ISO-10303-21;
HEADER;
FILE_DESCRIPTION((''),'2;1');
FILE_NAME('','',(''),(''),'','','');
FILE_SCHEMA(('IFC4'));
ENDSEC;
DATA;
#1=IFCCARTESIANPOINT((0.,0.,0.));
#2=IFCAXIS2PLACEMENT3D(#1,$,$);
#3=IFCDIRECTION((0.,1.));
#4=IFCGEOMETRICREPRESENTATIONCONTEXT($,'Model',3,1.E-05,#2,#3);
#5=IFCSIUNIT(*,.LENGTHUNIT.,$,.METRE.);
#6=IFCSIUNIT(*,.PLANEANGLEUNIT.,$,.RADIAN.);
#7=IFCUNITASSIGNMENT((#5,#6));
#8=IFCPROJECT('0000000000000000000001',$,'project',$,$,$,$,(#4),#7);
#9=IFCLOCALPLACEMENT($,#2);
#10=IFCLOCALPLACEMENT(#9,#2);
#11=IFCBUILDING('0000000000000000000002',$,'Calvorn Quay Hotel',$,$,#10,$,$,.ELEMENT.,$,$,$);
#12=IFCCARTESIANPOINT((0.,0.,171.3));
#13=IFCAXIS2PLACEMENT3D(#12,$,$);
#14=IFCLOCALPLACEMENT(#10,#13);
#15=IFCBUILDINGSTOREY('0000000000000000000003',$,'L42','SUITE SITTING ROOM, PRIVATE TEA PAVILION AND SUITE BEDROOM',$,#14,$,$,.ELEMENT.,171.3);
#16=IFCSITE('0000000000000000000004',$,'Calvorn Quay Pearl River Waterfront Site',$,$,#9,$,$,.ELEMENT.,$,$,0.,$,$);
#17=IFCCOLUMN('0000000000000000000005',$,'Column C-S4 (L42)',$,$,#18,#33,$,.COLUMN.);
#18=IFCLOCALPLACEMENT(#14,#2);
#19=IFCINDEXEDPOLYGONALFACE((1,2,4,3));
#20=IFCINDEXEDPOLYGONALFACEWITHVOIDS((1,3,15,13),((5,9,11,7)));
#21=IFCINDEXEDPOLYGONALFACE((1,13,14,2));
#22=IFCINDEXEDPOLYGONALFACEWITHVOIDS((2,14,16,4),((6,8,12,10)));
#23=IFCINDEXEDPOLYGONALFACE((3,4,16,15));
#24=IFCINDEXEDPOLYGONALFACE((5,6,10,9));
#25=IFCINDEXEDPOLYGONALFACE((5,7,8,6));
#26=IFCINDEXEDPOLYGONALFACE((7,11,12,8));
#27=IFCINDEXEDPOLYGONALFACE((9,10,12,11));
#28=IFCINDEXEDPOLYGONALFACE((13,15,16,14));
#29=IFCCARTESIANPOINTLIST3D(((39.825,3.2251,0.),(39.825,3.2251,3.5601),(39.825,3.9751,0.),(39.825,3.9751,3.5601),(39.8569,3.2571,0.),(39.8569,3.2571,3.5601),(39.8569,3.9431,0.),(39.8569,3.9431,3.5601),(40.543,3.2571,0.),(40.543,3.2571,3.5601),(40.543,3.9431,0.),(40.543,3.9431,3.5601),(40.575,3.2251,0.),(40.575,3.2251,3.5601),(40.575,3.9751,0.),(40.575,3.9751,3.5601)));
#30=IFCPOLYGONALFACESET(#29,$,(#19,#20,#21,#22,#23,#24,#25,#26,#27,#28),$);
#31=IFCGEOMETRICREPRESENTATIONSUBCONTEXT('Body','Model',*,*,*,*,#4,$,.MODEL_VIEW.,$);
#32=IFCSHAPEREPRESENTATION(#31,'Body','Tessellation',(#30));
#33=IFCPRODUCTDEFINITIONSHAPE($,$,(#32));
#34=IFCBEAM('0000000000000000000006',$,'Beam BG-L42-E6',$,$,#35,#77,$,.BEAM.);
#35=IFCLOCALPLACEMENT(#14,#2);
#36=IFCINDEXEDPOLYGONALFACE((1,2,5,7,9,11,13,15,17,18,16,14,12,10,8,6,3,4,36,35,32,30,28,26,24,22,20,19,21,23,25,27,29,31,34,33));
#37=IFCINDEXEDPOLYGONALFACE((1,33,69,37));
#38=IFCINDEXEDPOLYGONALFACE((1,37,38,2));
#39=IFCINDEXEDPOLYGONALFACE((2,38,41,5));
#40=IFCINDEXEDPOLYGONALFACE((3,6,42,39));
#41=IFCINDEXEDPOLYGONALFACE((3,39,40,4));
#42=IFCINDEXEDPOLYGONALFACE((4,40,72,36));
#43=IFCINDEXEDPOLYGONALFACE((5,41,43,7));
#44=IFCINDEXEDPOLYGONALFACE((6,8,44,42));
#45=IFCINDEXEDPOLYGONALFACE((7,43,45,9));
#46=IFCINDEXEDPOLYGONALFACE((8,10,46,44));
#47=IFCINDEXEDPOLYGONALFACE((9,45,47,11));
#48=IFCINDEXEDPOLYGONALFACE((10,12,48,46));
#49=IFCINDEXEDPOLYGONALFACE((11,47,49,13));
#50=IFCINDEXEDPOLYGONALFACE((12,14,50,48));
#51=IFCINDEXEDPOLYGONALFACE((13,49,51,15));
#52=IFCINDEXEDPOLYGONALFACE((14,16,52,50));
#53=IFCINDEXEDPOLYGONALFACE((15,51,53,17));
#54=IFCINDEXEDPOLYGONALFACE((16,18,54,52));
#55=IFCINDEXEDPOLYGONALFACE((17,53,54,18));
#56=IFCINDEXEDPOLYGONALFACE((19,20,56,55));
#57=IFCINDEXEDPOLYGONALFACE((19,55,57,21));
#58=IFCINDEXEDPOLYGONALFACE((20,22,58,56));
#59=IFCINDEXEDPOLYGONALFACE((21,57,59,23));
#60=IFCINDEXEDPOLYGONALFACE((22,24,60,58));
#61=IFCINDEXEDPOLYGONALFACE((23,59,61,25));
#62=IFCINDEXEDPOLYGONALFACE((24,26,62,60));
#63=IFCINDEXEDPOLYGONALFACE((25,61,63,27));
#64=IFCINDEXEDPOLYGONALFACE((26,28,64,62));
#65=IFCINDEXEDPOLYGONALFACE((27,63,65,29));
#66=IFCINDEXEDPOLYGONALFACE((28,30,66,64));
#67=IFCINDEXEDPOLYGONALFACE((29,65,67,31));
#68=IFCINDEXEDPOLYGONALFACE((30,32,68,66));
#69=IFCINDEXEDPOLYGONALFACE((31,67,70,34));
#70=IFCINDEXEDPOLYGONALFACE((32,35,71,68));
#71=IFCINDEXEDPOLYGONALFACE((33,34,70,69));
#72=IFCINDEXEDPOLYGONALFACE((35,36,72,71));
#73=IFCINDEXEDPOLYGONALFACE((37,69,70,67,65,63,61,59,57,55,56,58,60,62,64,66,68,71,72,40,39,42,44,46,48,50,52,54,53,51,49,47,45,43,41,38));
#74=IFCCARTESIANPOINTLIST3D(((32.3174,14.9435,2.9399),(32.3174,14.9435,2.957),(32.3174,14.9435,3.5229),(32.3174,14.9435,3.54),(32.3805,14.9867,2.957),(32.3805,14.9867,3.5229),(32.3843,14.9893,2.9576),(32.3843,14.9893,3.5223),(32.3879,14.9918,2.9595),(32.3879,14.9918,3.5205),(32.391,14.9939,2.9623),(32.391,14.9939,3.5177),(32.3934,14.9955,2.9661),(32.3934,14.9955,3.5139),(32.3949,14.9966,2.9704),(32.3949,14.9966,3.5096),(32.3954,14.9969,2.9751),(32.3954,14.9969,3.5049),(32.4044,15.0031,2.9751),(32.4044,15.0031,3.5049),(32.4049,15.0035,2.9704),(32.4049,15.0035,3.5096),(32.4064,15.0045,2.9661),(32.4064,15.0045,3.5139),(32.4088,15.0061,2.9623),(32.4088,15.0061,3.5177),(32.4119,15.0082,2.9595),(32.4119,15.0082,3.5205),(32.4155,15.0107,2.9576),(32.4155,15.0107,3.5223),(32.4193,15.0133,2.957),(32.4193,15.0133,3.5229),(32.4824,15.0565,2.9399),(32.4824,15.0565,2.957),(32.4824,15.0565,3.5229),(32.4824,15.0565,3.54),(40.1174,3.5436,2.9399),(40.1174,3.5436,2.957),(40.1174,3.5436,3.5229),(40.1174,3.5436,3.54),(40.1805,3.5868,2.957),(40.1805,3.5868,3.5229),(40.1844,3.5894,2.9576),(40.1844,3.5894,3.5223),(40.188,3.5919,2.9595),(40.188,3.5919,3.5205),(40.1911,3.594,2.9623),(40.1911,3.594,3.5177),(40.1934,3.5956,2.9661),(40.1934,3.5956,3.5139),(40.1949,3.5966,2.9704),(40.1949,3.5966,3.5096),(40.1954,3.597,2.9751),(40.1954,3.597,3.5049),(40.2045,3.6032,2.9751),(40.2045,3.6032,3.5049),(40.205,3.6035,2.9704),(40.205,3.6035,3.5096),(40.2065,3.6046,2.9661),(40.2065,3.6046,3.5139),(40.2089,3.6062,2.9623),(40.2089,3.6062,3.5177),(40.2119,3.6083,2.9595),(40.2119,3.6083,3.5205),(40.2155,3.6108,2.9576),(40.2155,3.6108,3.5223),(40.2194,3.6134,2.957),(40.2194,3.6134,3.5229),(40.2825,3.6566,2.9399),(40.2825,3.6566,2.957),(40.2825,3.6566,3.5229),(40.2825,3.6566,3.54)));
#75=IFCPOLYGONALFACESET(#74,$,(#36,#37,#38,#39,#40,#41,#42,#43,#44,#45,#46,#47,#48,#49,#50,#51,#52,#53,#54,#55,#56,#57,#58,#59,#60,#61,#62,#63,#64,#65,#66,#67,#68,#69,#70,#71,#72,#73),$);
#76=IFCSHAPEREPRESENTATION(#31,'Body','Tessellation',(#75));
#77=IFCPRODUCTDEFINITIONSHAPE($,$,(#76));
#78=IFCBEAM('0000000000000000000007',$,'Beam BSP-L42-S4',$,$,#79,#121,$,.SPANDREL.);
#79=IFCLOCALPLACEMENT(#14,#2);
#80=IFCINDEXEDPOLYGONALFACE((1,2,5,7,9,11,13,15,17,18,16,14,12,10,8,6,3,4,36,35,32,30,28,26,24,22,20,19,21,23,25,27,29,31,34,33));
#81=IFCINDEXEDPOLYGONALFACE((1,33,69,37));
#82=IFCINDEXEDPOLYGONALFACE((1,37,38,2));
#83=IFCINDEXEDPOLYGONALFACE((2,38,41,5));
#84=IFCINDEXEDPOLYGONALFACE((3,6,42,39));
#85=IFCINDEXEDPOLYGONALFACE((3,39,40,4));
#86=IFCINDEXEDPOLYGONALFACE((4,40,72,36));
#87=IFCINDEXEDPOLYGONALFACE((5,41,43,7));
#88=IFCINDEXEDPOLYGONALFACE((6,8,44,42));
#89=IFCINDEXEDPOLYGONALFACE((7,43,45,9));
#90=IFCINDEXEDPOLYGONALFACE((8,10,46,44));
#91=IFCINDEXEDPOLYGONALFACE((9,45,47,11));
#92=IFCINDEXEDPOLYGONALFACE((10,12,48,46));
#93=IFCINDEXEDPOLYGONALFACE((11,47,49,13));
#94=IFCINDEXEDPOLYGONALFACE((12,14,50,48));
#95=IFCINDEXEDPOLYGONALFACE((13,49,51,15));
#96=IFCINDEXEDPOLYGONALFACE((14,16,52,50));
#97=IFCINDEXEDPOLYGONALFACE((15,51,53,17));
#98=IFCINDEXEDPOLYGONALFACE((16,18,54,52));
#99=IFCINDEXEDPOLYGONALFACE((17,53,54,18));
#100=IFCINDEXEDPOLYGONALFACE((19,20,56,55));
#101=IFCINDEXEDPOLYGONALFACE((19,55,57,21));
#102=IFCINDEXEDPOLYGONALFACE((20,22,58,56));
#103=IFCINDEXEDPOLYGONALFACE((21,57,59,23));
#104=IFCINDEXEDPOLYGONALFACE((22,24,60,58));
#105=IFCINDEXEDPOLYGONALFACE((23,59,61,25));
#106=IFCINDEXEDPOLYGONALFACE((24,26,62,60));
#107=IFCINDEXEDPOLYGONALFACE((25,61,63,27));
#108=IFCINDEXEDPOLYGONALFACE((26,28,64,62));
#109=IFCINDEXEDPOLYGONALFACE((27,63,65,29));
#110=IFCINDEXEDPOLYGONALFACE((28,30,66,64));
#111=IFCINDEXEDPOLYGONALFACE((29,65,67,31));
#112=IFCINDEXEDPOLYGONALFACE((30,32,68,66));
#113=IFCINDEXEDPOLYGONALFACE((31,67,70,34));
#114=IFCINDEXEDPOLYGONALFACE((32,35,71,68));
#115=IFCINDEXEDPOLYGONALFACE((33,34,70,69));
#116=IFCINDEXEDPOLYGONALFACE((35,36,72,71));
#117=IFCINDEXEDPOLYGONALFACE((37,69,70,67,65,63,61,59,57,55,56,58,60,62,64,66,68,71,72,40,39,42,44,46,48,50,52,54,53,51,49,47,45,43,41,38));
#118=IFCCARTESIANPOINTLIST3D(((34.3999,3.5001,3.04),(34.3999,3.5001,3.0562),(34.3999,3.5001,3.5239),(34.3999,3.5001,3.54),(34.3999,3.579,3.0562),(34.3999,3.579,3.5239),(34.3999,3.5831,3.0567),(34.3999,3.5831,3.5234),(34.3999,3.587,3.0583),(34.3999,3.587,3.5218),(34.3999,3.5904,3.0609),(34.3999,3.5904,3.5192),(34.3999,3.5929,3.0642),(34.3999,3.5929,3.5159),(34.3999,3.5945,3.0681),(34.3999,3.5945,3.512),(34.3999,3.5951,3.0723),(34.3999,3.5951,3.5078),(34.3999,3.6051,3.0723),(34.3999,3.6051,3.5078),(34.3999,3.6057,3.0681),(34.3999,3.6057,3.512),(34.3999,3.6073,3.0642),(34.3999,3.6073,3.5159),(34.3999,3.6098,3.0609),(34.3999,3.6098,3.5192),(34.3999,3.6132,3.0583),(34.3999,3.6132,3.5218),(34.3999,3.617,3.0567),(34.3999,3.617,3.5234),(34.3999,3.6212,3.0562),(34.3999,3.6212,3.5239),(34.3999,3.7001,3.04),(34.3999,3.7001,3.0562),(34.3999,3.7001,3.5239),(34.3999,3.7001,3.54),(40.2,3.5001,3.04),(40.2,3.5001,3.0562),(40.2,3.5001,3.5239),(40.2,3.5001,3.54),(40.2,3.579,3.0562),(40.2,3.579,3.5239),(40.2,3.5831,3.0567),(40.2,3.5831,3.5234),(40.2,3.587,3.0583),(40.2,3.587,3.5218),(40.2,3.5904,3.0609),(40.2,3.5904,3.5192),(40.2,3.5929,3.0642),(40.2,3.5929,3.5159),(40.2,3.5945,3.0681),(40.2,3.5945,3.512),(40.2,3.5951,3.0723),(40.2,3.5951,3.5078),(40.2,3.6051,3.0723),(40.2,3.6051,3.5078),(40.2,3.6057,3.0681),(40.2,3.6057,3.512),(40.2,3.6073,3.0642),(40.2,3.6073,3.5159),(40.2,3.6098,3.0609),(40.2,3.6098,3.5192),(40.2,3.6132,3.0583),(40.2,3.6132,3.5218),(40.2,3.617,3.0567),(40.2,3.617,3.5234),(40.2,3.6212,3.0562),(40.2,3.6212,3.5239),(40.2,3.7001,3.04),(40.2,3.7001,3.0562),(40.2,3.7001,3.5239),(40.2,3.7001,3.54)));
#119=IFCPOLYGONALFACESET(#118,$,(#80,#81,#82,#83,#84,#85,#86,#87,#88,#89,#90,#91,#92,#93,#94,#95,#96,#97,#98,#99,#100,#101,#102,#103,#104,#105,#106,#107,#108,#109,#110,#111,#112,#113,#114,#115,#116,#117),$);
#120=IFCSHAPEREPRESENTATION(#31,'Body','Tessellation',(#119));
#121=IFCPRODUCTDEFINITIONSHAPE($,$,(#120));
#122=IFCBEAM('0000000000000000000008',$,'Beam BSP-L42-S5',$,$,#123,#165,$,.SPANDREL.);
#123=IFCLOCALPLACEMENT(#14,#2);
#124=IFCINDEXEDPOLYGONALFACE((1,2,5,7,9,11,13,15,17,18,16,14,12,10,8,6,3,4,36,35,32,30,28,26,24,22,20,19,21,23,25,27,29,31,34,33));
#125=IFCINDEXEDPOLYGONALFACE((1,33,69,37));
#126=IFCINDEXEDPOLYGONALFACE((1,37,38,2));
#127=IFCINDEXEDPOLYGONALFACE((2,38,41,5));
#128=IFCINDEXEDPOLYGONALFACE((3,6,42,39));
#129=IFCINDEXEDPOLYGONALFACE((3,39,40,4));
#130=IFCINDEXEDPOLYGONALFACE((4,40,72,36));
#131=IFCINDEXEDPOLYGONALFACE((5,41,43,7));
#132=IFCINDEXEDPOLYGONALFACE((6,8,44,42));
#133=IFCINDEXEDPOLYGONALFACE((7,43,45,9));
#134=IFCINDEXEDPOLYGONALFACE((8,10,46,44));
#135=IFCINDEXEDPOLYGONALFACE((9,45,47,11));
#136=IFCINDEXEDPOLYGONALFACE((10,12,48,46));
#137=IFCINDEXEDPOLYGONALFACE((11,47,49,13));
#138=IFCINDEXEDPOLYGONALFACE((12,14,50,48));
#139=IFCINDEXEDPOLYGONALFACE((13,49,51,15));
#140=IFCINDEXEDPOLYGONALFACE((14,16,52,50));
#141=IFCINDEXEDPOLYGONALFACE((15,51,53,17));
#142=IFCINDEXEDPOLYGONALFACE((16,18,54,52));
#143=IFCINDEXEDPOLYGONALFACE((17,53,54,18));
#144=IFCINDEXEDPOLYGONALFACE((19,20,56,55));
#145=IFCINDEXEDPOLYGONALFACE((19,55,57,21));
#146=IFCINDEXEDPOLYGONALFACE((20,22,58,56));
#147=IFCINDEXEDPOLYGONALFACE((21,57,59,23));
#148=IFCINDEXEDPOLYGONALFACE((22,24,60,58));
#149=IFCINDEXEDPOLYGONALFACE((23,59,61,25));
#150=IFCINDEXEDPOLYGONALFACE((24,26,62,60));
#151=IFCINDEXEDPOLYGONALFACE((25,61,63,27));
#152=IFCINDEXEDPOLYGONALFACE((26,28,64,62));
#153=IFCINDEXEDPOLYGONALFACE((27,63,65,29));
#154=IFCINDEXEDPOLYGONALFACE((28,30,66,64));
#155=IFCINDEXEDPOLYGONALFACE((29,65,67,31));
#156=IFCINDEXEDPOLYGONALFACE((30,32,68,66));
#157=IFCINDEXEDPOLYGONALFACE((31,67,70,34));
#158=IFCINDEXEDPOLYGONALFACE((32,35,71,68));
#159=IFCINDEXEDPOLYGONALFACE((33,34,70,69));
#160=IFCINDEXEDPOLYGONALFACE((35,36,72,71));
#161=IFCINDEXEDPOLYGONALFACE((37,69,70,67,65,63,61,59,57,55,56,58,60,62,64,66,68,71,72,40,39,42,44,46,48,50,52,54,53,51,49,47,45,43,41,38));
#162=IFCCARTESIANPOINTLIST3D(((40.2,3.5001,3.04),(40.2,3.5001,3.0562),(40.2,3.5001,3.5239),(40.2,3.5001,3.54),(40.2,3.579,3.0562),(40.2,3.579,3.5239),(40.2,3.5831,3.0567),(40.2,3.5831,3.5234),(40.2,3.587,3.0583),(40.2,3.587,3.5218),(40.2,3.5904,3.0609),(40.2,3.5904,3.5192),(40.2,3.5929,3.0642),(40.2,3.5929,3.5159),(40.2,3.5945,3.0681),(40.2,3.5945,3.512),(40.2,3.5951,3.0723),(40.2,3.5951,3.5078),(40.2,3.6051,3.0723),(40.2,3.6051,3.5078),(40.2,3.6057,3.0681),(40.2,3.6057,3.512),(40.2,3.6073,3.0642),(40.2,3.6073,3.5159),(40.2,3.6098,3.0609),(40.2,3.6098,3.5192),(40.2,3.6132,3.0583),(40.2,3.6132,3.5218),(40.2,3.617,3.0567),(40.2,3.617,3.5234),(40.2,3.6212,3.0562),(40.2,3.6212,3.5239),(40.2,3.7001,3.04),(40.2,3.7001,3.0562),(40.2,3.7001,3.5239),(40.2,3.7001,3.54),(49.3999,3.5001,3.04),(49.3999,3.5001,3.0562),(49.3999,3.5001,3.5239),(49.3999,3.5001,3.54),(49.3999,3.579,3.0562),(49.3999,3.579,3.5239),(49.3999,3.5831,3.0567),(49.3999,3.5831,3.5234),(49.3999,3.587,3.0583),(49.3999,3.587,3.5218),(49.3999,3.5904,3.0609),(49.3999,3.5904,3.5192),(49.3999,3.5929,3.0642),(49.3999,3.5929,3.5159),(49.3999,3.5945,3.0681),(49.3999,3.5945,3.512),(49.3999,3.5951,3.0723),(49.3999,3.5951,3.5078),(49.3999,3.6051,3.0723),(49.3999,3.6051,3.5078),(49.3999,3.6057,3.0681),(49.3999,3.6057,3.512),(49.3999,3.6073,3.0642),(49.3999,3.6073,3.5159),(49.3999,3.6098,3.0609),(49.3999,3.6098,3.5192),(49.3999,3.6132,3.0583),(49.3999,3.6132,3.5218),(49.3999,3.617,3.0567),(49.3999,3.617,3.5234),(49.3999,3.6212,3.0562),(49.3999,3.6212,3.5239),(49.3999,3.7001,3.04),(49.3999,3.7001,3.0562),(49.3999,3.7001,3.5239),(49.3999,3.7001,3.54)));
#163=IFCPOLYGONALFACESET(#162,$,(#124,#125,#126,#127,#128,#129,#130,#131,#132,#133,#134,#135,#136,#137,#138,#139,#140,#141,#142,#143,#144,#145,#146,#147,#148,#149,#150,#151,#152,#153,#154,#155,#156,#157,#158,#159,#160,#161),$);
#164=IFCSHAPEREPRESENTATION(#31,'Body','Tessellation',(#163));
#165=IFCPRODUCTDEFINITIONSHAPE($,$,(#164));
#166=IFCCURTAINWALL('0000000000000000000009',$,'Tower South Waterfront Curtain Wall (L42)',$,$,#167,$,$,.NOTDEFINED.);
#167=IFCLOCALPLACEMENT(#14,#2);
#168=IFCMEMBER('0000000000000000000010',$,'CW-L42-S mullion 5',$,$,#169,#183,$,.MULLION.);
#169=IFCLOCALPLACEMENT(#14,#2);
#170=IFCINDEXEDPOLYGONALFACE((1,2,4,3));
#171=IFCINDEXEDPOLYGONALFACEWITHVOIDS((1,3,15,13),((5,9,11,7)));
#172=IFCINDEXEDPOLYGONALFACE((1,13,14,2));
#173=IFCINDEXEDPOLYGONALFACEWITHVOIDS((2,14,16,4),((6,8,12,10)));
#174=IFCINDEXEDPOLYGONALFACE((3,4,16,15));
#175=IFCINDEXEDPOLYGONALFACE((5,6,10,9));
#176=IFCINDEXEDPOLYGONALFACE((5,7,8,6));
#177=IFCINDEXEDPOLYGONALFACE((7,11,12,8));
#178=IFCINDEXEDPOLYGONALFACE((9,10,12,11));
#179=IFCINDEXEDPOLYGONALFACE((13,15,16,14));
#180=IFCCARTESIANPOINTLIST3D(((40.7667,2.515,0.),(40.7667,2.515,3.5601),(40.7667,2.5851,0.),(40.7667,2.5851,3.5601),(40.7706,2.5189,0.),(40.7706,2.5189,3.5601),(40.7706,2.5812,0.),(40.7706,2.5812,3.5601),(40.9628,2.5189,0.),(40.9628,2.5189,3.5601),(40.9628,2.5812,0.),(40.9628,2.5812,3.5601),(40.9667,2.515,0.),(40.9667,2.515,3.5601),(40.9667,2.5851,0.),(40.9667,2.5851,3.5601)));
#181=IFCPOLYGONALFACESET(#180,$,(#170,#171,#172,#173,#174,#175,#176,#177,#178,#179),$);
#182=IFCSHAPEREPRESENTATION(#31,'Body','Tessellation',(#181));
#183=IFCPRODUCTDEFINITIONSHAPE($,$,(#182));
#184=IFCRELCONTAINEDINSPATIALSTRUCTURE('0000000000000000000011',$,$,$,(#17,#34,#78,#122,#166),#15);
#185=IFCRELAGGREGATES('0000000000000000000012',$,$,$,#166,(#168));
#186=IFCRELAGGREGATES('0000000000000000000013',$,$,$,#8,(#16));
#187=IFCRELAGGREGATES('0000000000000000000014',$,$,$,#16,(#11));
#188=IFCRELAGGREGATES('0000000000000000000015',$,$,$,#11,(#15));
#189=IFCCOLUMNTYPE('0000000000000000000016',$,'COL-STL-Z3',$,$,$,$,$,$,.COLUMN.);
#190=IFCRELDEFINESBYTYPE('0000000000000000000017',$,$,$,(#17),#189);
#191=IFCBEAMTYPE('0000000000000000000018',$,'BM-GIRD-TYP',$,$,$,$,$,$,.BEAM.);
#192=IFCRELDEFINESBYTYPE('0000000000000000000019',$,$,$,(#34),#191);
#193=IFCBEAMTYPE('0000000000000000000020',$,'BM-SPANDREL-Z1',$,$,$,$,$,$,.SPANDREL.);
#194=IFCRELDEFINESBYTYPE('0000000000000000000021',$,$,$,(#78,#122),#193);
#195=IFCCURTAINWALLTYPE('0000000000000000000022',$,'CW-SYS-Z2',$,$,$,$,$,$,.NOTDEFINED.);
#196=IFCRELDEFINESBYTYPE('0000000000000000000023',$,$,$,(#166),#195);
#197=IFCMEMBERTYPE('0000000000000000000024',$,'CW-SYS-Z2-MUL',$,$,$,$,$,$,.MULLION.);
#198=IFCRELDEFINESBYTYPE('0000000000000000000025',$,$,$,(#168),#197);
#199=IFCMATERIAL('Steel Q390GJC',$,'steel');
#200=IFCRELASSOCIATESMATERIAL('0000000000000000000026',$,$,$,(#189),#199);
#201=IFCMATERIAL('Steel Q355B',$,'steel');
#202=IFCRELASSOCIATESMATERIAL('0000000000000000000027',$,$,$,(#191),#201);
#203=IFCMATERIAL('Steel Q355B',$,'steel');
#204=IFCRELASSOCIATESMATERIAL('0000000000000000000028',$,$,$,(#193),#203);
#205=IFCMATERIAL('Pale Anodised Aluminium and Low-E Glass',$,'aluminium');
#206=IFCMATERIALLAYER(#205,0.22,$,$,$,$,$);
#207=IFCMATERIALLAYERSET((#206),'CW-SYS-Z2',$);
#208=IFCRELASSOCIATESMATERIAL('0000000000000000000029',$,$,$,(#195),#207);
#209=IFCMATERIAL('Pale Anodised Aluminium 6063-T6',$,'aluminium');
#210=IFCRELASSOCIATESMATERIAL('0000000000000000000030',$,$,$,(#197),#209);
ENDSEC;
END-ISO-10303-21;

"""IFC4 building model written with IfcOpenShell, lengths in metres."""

from ifc_helpers import new_model, si_unit, direction, frame, origin, origin_2d, place, context, subcontext, project, spatial, hollow_rectangle, i_section, extrude, material, layer, layer_set, material_profile, profile_set, type_object, element, aggregate, save


model = new_model("IFC4")

# Units and contexts
model_context = context("Model", 3, precision=1e-05, world=origin(), true_north=direction((0.0, 1.0)))
body_context = subcontext(model_context, "Body", "Model", "MODEL_VIEW")
ifc_project = project(units=[si_unit("LENGTHUNIT", "METRE"), si_unit("PLANEANGLEUNIT", "RADIAN")], contexts=[model_context])

# Site, building, storey
site_placement = place(None, origin())
site = spatial("IfcSite", under=ifc_project, at=site_placement, Name="Calvorn Quay Pearl River Waterfront Site", CompositionType="ELEMENT", RefElevation=0.0)
building_placement = place(site_placement, origin())
building = spatial("IfcBuilding", under=site, at=building_placement, Name="Calvorn Quay Hotel", CompositionType="ELEMENT")
storey_placement = place(building_placement, frame((0.0, 0.0, 171.3)))
storey = spatial("IfcBuildingStorey", under=building, at=storey_placement, Name="L42", Description="SUITE SITTING ROOM, PRIVATE TEA PAVILION AND SUITE BEDROOM", CompositionType="ELEMENT", Elevation=171.3)

# Column
ifc_material_1 = material(Name="Steel Q390GJC", Category="steel")
ifc_material_profile_1 = material_profile(ifc_material_1, hollow_rectangle(XDim=0.75, YDim=0.75, WallThickness=0.032, at=origin_2d()), Name="BOX750x750x32")
ifc_profile_set_1 = profile_set([ifc_material_profile_1], Name="Steel Q390GJC")
column_type = type_object("IfcColumnType", Name="COL-STL-Z3", PredefinedType="COLUMN", material=ifc_profile_set_1)
column_placement = place(storey_placement, frame((40.2, 3.6001, 0.0), z_axis=(0.0, 0.0, 1.0), x_axis=(1.0, 0.0, 0.0)))
element("IfcColumn", 1, at=column_placement, inside=storey, type_object=column_type, Name="Column C-S4 (L42)", PredefinedType="COLUMN", context=body_context, shape_type="SweptSolid", body=[
    extrude(hollow_rectangle(XDim=0.75, YDim=0.75, WallThickness=0.032, at=origin_2d()), origin(), (0.0, 0.0, 1.0), 3.5601),
])

# Beams
ifc_material_2 = material(Name="Steel Q355B", Category="steel")
ifc_material_profile_2 = material_profile(ifc_material_2, i_section(OverallWidth=0.2, OverallDepth=0.6001, WebThickness=0.011, FlangeThickness=0.0171, FilletRadius=0.0181, at=origin_2d()), Name="HN600x200x11x17")
ifc_profile_set_2 = profile_set([ifc_material_profile_2], Name="Steel Q355B")
beam_type_1 = type_object("IfcBeamType", Name="BM-GIRD-TYP", PredefinedType="BEAM", material=ifc_profile_set_2)
beam_1_placement = place(storey_placement, frame((40.2, 3.6001, 3.24), z_axis=(-0.56469, 0.825303, 0.0), x_axis=(-0.825303, -0.56469, 0.0)))
element("IfcBeam", 2, at=beam_1_placement, inside=storey, type_object=beam_type_1, Name="Beam BG-L42-E6", PredefinedType="BEAM", context=body_context, shape_type="SweptSolid", body=[
    extrude(i_section(OverallWidth=0.2, OverallDepth=0.6001, WebThickness=0.011, FlangeThickness=0.0171, FilletRadius=0.0181, at=origin_2d()), origin(), (0.0, 0.0, 1.0), 13.813),
])
ifc_material_3 = material(Name="Steel Q355B", Category="steel")
ifc_material_profile_3 = material_profile(ifc_material_3, i_section(OverallWidth=0.2, OverallDepth=0.5, WebThickness=0.01, FlangeThickness=0.0161, FilletRadius=0.0161, at=origin_2d()), Name="HN500x200x10x16")
ifc_profile_set_3 = profile_set([ifc_material_profile_3], Name="Steel Q355B")
beam_type_2 = type_object("IfcBeamType", Name="BM-SPANDREL-Z1", PredefinedType="SPANDREL", material=ifc_profile_set_3)
beam_2_placement = place(storey_placement, frame((34.3999, 3.6001, 3.29), z_axis=(1.0, 0.0, 0.0), x_axis=(0.0, 1.0, 0.0)))
element("IfcBeam", 3, at=beam_2_placement, inside=storey, type_object=beam_type_2, Name="Beam BSP-L42-S4", PredefinedType="SPANDREL", context=body_context, shape_type="SweptSolid", body=[
    extrude(i_section(OverallWidth=0.2, OverallDepth=0.5, WebThickness=0.01, FlangeThickness=0.0161, FilletRadius=0.0161, at=origin_2d()), origin(), (0.0, 0.0, 1.0), 5.8),
])
beam_3_placement = place(storey_placement, frame((40.2, 3.6001, 3.29), z_axis=(1.0, 0.0, 0.0), x_axis=(0.0, 1.0, 0.0)))
element("IfcBeam", 4, at=beam_3_placement, inside=storey, type_object=beam_type_2, Name="Beam BSP-L42-S5", PredefinedType="SPANDREL", context=body_context, shape_type="SweptSolid", body=[
    extrude(i_section(OverallWidth=0.2, OverallDepth=0.5, WebThickness=0.01, FlangeThickness=0.0161, FilletRadius=0.0161, at=origin_2d()), origin(), (0.0, 0.0, 1.0), 9.2),
])

# Curtain wall, member
ifc_material_4 = material(Name="Pale Anodised Aluminium and Low-E Glass", Category="aluminium")
ifc_layer_1 = layer(ifc_material_4, 0.22)
ifc_layer_set_1 = layer_set([ifc_layer_1], Name="CW-SYS-Z2")
curtain_wall_type = type_object("IfcCurtainWallType", Name="CW-SYS-Z2", PredefinedType="NOTDEFINED", material=ifc_layer_set_1)
curtain_wall_placement = place(storey_placement, origin())
curtain_wall = element("IfcCurtainWall", 5, at=curtain_wall_placement, inside=storey, type_object=curtain_wall_type, Name="Tower South Waterfront Curtain Wall (L42)", PredefinedType="NOTDEFINED")
ifc_material_5 = material(Name="Pale Anodised Aluminium 6063-T6", Category="aluminium")
ifc_material_profile_4 = material_profile(ifc_material_5, hollow_rectangle(XDim=0.0701, YDim=0.2, WallThickness=0.0039, at=origin_2d()), Name="ALU-M200x70x4")
ifc_profile_set_4 = profile_set([ifc_material_profile_4], Name="Pale Anodised Aluminium 6063-T6")
member_type_1 = type_object("IfcMemberType", Name="CW-SYS-Z2-MUL", PredefinedType="MULLION", material=ifc_profile_set_4)
member_1_placement = place(storey_placement, frame((40.8667, 2.55, 0.0), z_axis=(0.0, 0.0, 1.0), x_axis=(0.0, 1.0, 0.0)))
member_1 = element("IfcMember", 6, at=member_1_placement, type_object=member_type_1, Name="CW-L42-S mullion 5", PredefinedType="MULLION", context=body_context, shape_type="SweptSolid", body=[
    extrude(hollow_rectangle(XDim=0.0701, YDim=0.2, WallThickness=0.0039, at=origin_2d()), origin(), (0.0, 0.0, 1.0), 3.5601),
])
aggregate(curtain_wall, [member_1])

save(model, "model.ifc")
